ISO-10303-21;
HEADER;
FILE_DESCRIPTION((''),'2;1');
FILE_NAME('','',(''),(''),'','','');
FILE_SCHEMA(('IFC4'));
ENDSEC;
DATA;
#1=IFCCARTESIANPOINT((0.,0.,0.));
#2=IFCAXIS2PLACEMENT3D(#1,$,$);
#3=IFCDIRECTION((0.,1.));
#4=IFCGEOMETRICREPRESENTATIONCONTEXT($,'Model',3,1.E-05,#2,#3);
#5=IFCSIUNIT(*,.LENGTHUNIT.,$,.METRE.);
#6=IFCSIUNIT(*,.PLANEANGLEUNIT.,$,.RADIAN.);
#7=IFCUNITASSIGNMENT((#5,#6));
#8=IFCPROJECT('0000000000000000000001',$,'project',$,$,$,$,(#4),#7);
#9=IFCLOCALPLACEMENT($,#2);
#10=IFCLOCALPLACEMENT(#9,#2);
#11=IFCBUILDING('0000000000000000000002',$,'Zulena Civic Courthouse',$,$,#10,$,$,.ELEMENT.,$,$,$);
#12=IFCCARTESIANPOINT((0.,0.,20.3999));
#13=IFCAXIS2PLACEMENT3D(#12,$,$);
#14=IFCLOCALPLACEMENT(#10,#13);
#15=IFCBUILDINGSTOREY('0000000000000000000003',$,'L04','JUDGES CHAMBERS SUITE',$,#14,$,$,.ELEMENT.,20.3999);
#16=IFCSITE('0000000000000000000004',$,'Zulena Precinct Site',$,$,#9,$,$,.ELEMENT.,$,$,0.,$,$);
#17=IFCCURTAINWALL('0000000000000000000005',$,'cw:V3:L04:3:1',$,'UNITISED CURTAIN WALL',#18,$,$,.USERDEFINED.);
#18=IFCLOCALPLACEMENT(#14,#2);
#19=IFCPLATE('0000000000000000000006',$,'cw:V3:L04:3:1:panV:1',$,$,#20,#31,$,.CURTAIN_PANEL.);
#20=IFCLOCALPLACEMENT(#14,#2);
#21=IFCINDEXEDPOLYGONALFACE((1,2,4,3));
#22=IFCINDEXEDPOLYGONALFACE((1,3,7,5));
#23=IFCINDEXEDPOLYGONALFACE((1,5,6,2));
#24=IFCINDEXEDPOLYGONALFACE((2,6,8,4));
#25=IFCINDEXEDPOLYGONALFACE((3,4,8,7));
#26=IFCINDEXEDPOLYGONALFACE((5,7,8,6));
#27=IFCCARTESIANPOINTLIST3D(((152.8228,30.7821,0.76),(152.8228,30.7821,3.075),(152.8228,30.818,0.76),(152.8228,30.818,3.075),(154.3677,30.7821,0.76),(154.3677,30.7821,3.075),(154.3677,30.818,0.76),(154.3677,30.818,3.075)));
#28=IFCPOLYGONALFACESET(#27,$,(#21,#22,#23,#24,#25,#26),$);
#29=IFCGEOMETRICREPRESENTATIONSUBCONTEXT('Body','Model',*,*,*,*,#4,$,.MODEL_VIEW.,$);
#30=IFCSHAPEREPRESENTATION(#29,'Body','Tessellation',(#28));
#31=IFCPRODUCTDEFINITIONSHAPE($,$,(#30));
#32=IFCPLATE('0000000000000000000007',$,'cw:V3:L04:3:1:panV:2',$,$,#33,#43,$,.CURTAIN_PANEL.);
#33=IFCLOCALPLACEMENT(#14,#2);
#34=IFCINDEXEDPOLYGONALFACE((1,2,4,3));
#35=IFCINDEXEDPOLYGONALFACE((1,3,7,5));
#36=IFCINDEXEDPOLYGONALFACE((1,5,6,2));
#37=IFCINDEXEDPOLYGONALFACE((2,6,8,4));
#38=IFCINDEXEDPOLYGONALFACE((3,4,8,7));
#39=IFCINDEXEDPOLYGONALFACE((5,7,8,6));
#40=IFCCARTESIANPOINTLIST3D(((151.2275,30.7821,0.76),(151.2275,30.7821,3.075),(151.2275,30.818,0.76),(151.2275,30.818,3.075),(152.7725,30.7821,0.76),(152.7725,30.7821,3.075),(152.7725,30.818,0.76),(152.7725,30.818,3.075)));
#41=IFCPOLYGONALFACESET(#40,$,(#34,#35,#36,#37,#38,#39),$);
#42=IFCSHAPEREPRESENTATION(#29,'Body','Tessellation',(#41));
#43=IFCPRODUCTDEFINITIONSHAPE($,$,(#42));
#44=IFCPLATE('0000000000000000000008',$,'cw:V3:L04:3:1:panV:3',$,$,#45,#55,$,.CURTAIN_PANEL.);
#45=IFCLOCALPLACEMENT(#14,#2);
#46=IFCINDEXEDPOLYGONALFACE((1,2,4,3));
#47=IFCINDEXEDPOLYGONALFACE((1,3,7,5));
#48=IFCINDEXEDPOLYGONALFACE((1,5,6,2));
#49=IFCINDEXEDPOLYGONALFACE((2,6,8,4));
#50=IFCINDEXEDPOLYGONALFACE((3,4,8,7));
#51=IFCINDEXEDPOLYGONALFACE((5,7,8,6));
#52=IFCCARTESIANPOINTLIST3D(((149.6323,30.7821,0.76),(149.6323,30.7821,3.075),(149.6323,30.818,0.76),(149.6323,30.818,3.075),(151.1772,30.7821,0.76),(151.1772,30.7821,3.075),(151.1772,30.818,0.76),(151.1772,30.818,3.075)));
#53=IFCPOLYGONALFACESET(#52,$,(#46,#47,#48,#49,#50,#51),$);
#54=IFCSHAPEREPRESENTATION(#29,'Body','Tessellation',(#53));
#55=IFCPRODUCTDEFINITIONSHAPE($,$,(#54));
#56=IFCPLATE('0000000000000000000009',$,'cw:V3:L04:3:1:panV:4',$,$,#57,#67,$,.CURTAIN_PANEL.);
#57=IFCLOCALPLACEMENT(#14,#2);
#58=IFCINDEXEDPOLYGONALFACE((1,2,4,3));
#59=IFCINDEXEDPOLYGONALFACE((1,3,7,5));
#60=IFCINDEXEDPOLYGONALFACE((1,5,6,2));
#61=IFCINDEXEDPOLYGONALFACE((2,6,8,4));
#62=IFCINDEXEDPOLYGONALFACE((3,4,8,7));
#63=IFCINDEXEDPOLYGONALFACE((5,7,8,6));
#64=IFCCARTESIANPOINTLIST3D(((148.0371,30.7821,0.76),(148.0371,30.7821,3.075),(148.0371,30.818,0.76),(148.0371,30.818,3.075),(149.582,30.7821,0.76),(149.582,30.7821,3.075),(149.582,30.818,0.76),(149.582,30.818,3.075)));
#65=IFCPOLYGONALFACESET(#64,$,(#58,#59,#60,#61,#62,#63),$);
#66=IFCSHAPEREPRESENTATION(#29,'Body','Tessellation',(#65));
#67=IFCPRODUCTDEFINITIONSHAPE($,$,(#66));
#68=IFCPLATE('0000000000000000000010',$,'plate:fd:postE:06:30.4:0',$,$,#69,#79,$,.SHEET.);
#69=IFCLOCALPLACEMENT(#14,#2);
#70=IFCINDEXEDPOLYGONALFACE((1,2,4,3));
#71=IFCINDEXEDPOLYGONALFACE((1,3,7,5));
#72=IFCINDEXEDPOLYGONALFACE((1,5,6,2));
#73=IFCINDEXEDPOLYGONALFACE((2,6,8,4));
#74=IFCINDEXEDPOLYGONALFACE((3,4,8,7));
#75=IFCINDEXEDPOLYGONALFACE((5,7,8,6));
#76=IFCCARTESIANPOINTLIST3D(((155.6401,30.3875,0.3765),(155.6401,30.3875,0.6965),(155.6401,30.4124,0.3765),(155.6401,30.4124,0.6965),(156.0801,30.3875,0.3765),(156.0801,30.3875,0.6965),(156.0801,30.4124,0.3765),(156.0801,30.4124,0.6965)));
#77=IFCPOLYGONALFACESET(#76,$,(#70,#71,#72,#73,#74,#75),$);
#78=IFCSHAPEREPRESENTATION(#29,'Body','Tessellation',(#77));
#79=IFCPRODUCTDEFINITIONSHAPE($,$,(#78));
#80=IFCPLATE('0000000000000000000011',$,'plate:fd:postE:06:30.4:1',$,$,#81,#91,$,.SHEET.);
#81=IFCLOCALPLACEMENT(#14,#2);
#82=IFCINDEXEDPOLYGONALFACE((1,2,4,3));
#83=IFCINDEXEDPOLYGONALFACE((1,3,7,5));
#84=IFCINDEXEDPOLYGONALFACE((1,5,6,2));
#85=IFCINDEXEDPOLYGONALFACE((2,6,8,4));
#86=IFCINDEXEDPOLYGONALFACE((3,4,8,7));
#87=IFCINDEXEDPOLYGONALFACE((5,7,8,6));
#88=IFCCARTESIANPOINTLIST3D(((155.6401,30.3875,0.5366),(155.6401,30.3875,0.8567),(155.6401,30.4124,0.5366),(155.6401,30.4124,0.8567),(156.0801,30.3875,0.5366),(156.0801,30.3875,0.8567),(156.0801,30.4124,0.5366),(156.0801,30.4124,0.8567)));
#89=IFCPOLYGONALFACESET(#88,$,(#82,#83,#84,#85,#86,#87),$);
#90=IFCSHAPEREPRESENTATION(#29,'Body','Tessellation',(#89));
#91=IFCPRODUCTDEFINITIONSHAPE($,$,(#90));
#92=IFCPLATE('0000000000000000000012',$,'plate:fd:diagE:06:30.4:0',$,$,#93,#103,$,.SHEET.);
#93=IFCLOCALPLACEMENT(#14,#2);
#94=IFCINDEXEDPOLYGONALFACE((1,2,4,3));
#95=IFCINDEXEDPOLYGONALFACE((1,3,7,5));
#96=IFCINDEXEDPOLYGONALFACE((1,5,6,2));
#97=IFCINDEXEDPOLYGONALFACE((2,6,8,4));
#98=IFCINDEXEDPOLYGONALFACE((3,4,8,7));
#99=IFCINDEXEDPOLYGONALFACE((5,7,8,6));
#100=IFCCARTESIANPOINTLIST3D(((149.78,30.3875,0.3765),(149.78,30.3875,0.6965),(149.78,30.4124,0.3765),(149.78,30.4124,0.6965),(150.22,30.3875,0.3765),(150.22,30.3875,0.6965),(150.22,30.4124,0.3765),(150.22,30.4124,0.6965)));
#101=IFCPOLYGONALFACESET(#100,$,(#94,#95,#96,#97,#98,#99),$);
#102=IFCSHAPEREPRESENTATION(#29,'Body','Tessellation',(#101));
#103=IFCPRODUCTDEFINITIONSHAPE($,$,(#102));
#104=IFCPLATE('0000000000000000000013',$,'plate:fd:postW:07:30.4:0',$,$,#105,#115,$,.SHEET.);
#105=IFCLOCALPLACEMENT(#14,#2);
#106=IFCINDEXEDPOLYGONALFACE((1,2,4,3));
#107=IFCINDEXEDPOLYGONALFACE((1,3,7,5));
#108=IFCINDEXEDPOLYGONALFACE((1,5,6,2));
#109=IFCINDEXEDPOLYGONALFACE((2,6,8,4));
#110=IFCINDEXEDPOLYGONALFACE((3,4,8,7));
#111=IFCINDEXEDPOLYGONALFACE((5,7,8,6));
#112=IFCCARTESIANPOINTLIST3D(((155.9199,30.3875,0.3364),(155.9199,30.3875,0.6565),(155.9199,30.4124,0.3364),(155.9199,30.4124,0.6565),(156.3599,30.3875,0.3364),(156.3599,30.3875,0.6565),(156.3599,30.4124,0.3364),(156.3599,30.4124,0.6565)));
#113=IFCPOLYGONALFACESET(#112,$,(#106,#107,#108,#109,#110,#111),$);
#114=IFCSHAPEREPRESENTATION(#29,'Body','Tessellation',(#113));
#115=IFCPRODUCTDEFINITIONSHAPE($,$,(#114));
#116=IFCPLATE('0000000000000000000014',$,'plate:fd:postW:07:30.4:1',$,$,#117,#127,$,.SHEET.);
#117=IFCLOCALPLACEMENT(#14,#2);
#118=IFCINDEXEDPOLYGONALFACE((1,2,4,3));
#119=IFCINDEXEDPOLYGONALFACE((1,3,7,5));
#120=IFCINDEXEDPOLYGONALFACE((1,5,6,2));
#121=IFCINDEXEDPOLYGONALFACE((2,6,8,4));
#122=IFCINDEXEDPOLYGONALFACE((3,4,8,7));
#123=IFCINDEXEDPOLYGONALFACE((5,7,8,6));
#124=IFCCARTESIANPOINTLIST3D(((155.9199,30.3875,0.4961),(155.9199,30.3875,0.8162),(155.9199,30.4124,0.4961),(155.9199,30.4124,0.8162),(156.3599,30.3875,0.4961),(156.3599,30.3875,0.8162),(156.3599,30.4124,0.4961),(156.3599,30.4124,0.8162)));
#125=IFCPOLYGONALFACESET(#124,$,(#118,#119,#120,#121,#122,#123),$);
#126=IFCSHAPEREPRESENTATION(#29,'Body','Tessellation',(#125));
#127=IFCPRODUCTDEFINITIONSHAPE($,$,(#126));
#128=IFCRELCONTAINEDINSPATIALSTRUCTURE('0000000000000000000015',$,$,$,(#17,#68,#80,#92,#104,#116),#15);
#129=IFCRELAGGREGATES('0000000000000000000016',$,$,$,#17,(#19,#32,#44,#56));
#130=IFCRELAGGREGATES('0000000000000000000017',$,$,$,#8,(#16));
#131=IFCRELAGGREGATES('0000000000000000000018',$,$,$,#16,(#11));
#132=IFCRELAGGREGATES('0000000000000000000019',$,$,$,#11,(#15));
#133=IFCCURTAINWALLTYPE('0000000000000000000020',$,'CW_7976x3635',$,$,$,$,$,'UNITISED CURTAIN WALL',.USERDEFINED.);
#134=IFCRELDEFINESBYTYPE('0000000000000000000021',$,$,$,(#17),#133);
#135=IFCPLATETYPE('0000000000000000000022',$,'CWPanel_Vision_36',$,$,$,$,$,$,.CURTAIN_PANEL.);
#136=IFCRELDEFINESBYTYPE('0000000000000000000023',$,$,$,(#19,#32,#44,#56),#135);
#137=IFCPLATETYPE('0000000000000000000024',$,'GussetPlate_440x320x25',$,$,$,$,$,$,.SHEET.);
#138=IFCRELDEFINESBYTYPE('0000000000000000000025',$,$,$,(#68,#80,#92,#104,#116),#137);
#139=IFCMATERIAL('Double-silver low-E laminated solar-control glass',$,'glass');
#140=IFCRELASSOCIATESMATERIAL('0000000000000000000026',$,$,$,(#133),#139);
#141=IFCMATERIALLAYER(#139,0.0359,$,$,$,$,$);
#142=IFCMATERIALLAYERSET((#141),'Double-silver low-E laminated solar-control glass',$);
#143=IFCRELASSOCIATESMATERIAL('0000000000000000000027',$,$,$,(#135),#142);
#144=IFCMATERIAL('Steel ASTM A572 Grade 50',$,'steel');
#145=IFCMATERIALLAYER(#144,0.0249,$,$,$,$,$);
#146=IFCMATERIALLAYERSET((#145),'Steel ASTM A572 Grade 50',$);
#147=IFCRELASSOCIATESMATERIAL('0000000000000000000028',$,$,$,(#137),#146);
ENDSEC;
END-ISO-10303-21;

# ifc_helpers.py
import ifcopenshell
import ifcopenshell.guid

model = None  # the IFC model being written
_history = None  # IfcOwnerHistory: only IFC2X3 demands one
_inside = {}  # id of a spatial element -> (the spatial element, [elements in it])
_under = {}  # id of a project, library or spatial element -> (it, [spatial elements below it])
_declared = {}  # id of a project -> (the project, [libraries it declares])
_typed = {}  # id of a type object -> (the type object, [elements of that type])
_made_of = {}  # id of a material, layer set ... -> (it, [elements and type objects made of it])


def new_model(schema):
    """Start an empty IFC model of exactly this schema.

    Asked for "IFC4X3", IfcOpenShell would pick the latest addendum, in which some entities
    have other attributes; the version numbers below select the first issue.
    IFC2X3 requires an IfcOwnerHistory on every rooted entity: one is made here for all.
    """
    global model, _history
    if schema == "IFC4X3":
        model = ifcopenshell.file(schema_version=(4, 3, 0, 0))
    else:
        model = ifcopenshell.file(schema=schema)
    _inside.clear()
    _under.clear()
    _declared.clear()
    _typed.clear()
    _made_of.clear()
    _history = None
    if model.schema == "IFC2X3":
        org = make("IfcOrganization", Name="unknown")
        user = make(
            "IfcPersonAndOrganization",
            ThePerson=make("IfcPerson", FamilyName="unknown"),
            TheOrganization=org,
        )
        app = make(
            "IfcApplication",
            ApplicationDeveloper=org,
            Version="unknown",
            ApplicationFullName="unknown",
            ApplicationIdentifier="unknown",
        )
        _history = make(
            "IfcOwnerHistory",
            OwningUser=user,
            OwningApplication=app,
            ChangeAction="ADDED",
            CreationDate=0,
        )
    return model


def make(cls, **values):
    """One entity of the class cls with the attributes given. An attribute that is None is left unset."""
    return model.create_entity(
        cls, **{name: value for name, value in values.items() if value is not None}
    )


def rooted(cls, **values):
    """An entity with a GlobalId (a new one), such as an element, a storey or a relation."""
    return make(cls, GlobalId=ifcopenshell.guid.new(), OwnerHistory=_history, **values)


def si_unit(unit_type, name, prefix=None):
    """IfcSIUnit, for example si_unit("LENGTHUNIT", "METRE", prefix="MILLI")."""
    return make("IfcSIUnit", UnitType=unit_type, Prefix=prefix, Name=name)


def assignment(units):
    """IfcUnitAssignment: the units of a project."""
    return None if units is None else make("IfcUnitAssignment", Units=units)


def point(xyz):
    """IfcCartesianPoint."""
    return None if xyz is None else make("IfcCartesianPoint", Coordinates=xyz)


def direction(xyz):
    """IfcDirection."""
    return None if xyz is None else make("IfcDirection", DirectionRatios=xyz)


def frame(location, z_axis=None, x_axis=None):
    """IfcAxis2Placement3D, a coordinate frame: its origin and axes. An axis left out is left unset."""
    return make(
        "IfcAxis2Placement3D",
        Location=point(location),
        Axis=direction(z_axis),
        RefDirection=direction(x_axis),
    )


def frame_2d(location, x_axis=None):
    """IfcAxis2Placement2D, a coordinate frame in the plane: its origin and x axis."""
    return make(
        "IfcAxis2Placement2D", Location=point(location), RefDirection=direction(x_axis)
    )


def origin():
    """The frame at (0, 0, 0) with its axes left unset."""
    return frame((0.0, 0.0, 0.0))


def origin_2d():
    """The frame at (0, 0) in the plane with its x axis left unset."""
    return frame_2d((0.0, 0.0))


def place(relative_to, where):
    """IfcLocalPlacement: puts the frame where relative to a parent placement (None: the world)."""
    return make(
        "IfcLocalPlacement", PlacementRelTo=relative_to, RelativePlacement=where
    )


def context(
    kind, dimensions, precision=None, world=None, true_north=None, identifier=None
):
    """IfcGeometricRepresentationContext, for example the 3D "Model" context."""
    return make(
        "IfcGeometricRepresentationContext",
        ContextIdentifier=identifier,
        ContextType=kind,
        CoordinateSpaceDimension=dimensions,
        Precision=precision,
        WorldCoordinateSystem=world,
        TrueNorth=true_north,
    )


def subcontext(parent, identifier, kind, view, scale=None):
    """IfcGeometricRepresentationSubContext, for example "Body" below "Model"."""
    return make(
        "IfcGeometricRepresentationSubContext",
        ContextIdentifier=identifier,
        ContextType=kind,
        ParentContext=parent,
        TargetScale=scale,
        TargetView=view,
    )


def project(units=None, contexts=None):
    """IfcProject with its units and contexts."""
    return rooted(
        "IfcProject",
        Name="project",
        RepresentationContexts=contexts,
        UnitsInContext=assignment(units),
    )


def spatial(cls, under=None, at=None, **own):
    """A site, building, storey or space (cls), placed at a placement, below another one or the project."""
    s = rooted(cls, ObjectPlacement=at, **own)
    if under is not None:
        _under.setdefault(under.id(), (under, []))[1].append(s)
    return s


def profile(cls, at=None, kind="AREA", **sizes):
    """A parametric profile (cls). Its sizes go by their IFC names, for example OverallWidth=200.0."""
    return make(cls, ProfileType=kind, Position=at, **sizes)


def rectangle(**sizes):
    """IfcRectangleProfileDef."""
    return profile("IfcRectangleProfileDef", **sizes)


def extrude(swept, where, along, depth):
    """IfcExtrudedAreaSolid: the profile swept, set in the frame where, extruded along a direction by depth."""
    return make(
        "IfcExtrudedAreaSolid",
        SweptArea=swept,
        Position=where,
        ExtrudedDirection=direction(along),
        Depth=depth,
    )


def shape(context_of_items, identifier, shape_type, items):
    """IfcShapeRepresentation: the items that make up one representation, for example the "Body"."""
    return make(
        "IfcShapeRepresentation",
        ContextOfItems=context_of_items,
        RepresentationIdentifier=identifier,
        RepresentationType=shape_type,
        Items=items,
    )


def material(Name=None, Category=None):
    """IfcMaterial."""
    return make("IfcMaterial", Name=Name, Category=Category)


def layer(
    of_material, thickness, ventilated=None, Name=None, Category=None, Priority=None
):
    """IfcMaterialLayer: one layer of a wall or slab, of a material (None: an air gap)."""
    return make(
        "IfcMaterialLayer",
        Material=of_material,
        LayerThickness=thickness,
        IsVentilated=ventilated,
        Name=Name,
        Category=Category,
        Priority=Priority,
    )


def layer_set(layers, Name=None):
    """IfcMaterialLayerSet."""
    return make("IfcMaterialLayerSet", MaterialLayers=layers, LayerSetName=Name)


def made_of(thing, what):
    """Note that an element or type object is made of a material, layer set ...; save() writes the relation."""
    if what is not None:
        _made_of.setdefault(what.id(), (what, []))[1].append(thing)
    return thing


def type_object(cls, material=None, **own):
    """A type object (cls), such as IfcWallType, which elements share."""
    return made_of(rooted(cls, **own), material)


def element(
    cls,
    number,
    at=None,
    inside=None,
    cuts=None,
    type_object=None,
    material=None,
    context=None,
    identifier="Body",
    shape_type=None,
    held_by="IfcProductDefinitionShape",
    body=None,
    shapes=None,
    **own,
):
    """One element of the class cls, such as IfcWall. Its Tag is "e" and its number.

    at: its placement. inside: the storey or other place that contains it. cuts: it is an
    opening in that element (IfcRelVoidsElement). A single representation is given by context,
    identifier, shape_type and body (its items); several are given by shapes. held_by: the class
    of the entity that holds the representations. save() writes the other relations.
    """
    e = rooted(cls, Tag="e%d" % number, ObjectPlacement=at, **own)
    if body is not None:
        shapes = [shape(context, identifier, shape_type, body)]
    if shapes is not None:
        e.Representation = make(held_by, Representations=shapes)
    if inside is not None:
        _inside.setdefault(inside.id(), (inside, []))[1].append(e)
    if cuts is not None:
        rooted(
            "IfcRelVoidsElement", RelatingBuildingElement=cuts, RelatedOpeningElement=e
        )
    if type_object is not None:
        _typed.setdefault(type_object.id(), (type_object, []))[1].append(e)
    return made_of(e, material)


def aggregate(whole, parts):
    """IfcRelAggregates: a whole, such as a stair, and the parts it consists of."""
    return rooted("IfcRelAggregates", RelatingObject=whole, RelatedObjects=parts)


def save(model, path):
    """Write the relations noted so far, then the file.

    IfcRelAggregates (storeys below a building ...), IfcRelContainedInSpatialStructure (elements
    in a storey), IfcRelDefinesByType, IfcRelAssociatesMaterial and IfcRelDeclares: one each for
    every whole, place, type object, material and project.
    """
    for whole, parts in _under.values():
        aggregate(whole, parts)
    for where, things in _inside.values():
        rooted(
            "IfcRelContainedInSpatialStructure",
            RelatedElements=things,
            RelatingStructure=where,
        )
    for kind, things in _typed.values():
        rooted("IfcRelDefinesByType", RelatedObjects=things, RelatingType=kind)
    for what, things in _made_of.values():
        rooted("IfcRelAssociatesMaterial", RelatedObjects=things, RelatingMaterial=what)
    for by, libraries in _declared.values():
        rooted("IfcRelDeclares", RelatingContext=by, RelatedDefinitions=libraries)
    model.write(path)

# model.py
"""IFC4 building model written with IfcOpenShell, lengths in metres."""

from ifc_helpers import new_model, si_unit, direction, frame, origin, origin_2d, place, context, subcontext, project, spatial, rectangle, extrude, material, layer, layer_set, type_object, element, aggregate, save


model = new_model("IFC4")

# Units and contexts
model_context = context("Model", 3, precision=1e-05, world=origin(), true_north=direction((0.0, 1.0)))
body_context = subcontext(model_context, "Body", "Model", "MODEL_VIEW")
ifc_project = project(units=[si_unit("LENGTHUNIT", "METRE"), si_unit("PLANEANGLEUNIT", "RADIAN")], contexts=[model_context])

# Site, building, storey
site_placement = place(None, origin())
site = spatial("IfcSite", under=ifc_project, at=site_placement, Name="Zulena Precinct Site", CompositionType="ELEMENT", RefElevation=0.0)
building_placement = place(site_placement, origin())
building = spatial("IfcBuilding", under=site, at=building_placement, Name="Zulena Civic Courthouse", CompositionType="ELEMENT")
storey_placement = place(building_placement, frame((0.0, 0.0, 20.3999)))
storey = spatial("IfcBuildingStorey", under=building, at=storey_placement, Name="L04", Description="JUDGES CHAMBERS SUITE", CompositionType="ELEMENT", Elevation=20.3999)

# Curtain wall
ifc_material_1 = material(Name="Double-silver low-E laminated solar-control glass", Category="glass")
curtain_wall_type = type_object("IfcCurtainWallType", Name="CW_7976x3635", ElementType="UNITISED CURTAIN WALL", PredefinedType="USERDEFINED", material=ifc_material_1)
curtain_wall_placement = place(storey_placement, origin())
curtain_wall = element("IfcCurtainWall", 1, at=curtain_wall_placement, inside=storey, type_object=curtain_wall_type, Name="cw:V3:L04:3:1", ObjectType="UNITISED CURTAIN WALL", PredefinedType="USERDEFINED")

# Plates
ifc_layer_1 = layer(ifc_material_1, 0.0359)
ifc_layer_set_1 = layer_set([ifc_layer_1], Name="Double-silver low-E laminated solar-control glass")
plate_type_1 = type_object("IfcPlateType", Name="CWPanel_Vision_36", PredefinedType="CURTAIN_PANEL", material=ifc_layer_set_1)
plate_1_placement = place(storey_placement, frame((153.5952, 30.8, 0.76), z_axis=(0.0, 0.0, 1.0), x_axis=(-1.0, 0.0, 0.0)))
plate_1 = element("IfcPlate", 2, at=plate_1_placement, type_object=plate_type_1, Name="cw:V3:L04:3:1:panV:1", PredefinedType="CURTAIN_PANEL", context=body_context, shape_type="SweptSolid", body=[
    extrude(rectangle(XDim=1.5449, YDim=0.0359, at=origin_2d()), origin(), (0.0, 0.0, 1.0), 2.3149),
])
plate_2_placement = place(storey_placement, frame((152.0, 30.8, 0.76), z_axis=(0.0, 0.0, 1.0), x_axis=(-1.0, 0.0, 0.0)))
plate_2 = element("IfcPlate", 3, at=plate_2_placement, type_object=plate_type_1, Name="cw:V3:L04:3:1:panV:2", PredefinedType="CURTAIN_PANEL", context=body_context, shape_type="SweptSolid", body=[
    extrude(rectangle(XDim=1.5449, YDim=0.0359, at=origin_2d()), origin(), (0.0, 0.0, 1.0), 2.3149),
])
plate_3_placement = place(storey_placement, frame((150.4048, 30.8, 0.76), z_axis=(0.0, 0.0, 1.0), x_axis=(-1.0, 0.0, 0.0)))
plate_3 = element("IfcPlate", 4, at=plate_3_placement, type_object=plate_type_1, Name="cw:V3:L04:3:1:panV:3", PredefinedType="CURTAIN_PANEL", context=body_context, shape_type="SweptSolid", body=[
    extrude(rectangle(XDim=1.5449, YDim=0.0359, at=origin_2d()), origin(), (0.0, 0.0, 1.0), 2.3149),
])
plate_4_placement = place(storey_placement, frame((148.8096, 30.8, 0.76), z_axis=(0.0, 0.0, 1.0), x_axis=(-1.0, 0.0, 0.0)))
plate_4 = element("IfcPlate", 5, at=plate_4_placement, type_object=plate_type_1, Name="cw:V3:L04:3:1:panV:4", PredefinedType="CURTAIN_PANEL", context=body_context, shape_type="SweptSolid", body=[
    extrude(rectangle(XDim=1.5449, YDim=0.0359, at=origin_2d()), origin(), (0.0, 0.0, 1.0), 2.3149),
])
aggregate(curtain_wall, [plate_1, plate_2, plate_3, plate_4])

# Plates
ifc_material_2 = material(Name="Steel ASTM A572 Grade 50", Category="steel")
ifc_layer_2 = layer(ifc_material_2, 0.0249)
ifc_layer_set_2 = layer_set([ifc_layer_2], Name="Steel ASTM A572 Grade 50")
plate_type_2 = type_object("IfcPlateType", Name="GussetPlate_440x320x25", PredefinedType="SHEET", material=ifc_layer_set_2)
for number, where, z_axis, x_axis, name in (
    (6, (155.8601, 30.3999, 0.3765), (0.0, 0.0, 1.0), (1.0, 0.0, 0.0), "plate:fd:postE:06:30.4:0"),
    (7, (155.8601, 30.3999, 0.5366), (0.0, 0.0, 1.0), (1.0, 0.0, 0.0), "plate:fd:postE:06:30.4:1"),
    (8, (150.0, 30.3999, 0.3765), (0.0, 0.0, 1.0), (1.0, 0.0, 0.0), "plate:fd:diagE:06:30.4:0"),
    (9, (156.1399, 30.3999, 0.3364), (0.0, 0.0, 1.0), (1.0, 0.0, 0.0), "plate:fd:postW:07:30.4:0"),
    (10, (156.1399, 30.3999, 0.4961), (0.0, 0.0, 1.0), (1.0, 0.0, 0.0), "plate:fd:postW:07:30.4:1"),
):
    element("IfcPlate", number, at=place(storey_placement, frame(where, z_axis=z_axis, x_axis=x_axis)), inside=storey, type_object=plate_type_2, Name=name, PredefinedType="SHEET", context=body_context, shape_type="SweptSolid", body=[
        extrude(rectangle(XDim=0.4399, YDim=0.0249, at=origin_2d()), origin(), (0.0, 0.0, 1.0), 0.3201),
    ])

save(model, "model.ifc")
